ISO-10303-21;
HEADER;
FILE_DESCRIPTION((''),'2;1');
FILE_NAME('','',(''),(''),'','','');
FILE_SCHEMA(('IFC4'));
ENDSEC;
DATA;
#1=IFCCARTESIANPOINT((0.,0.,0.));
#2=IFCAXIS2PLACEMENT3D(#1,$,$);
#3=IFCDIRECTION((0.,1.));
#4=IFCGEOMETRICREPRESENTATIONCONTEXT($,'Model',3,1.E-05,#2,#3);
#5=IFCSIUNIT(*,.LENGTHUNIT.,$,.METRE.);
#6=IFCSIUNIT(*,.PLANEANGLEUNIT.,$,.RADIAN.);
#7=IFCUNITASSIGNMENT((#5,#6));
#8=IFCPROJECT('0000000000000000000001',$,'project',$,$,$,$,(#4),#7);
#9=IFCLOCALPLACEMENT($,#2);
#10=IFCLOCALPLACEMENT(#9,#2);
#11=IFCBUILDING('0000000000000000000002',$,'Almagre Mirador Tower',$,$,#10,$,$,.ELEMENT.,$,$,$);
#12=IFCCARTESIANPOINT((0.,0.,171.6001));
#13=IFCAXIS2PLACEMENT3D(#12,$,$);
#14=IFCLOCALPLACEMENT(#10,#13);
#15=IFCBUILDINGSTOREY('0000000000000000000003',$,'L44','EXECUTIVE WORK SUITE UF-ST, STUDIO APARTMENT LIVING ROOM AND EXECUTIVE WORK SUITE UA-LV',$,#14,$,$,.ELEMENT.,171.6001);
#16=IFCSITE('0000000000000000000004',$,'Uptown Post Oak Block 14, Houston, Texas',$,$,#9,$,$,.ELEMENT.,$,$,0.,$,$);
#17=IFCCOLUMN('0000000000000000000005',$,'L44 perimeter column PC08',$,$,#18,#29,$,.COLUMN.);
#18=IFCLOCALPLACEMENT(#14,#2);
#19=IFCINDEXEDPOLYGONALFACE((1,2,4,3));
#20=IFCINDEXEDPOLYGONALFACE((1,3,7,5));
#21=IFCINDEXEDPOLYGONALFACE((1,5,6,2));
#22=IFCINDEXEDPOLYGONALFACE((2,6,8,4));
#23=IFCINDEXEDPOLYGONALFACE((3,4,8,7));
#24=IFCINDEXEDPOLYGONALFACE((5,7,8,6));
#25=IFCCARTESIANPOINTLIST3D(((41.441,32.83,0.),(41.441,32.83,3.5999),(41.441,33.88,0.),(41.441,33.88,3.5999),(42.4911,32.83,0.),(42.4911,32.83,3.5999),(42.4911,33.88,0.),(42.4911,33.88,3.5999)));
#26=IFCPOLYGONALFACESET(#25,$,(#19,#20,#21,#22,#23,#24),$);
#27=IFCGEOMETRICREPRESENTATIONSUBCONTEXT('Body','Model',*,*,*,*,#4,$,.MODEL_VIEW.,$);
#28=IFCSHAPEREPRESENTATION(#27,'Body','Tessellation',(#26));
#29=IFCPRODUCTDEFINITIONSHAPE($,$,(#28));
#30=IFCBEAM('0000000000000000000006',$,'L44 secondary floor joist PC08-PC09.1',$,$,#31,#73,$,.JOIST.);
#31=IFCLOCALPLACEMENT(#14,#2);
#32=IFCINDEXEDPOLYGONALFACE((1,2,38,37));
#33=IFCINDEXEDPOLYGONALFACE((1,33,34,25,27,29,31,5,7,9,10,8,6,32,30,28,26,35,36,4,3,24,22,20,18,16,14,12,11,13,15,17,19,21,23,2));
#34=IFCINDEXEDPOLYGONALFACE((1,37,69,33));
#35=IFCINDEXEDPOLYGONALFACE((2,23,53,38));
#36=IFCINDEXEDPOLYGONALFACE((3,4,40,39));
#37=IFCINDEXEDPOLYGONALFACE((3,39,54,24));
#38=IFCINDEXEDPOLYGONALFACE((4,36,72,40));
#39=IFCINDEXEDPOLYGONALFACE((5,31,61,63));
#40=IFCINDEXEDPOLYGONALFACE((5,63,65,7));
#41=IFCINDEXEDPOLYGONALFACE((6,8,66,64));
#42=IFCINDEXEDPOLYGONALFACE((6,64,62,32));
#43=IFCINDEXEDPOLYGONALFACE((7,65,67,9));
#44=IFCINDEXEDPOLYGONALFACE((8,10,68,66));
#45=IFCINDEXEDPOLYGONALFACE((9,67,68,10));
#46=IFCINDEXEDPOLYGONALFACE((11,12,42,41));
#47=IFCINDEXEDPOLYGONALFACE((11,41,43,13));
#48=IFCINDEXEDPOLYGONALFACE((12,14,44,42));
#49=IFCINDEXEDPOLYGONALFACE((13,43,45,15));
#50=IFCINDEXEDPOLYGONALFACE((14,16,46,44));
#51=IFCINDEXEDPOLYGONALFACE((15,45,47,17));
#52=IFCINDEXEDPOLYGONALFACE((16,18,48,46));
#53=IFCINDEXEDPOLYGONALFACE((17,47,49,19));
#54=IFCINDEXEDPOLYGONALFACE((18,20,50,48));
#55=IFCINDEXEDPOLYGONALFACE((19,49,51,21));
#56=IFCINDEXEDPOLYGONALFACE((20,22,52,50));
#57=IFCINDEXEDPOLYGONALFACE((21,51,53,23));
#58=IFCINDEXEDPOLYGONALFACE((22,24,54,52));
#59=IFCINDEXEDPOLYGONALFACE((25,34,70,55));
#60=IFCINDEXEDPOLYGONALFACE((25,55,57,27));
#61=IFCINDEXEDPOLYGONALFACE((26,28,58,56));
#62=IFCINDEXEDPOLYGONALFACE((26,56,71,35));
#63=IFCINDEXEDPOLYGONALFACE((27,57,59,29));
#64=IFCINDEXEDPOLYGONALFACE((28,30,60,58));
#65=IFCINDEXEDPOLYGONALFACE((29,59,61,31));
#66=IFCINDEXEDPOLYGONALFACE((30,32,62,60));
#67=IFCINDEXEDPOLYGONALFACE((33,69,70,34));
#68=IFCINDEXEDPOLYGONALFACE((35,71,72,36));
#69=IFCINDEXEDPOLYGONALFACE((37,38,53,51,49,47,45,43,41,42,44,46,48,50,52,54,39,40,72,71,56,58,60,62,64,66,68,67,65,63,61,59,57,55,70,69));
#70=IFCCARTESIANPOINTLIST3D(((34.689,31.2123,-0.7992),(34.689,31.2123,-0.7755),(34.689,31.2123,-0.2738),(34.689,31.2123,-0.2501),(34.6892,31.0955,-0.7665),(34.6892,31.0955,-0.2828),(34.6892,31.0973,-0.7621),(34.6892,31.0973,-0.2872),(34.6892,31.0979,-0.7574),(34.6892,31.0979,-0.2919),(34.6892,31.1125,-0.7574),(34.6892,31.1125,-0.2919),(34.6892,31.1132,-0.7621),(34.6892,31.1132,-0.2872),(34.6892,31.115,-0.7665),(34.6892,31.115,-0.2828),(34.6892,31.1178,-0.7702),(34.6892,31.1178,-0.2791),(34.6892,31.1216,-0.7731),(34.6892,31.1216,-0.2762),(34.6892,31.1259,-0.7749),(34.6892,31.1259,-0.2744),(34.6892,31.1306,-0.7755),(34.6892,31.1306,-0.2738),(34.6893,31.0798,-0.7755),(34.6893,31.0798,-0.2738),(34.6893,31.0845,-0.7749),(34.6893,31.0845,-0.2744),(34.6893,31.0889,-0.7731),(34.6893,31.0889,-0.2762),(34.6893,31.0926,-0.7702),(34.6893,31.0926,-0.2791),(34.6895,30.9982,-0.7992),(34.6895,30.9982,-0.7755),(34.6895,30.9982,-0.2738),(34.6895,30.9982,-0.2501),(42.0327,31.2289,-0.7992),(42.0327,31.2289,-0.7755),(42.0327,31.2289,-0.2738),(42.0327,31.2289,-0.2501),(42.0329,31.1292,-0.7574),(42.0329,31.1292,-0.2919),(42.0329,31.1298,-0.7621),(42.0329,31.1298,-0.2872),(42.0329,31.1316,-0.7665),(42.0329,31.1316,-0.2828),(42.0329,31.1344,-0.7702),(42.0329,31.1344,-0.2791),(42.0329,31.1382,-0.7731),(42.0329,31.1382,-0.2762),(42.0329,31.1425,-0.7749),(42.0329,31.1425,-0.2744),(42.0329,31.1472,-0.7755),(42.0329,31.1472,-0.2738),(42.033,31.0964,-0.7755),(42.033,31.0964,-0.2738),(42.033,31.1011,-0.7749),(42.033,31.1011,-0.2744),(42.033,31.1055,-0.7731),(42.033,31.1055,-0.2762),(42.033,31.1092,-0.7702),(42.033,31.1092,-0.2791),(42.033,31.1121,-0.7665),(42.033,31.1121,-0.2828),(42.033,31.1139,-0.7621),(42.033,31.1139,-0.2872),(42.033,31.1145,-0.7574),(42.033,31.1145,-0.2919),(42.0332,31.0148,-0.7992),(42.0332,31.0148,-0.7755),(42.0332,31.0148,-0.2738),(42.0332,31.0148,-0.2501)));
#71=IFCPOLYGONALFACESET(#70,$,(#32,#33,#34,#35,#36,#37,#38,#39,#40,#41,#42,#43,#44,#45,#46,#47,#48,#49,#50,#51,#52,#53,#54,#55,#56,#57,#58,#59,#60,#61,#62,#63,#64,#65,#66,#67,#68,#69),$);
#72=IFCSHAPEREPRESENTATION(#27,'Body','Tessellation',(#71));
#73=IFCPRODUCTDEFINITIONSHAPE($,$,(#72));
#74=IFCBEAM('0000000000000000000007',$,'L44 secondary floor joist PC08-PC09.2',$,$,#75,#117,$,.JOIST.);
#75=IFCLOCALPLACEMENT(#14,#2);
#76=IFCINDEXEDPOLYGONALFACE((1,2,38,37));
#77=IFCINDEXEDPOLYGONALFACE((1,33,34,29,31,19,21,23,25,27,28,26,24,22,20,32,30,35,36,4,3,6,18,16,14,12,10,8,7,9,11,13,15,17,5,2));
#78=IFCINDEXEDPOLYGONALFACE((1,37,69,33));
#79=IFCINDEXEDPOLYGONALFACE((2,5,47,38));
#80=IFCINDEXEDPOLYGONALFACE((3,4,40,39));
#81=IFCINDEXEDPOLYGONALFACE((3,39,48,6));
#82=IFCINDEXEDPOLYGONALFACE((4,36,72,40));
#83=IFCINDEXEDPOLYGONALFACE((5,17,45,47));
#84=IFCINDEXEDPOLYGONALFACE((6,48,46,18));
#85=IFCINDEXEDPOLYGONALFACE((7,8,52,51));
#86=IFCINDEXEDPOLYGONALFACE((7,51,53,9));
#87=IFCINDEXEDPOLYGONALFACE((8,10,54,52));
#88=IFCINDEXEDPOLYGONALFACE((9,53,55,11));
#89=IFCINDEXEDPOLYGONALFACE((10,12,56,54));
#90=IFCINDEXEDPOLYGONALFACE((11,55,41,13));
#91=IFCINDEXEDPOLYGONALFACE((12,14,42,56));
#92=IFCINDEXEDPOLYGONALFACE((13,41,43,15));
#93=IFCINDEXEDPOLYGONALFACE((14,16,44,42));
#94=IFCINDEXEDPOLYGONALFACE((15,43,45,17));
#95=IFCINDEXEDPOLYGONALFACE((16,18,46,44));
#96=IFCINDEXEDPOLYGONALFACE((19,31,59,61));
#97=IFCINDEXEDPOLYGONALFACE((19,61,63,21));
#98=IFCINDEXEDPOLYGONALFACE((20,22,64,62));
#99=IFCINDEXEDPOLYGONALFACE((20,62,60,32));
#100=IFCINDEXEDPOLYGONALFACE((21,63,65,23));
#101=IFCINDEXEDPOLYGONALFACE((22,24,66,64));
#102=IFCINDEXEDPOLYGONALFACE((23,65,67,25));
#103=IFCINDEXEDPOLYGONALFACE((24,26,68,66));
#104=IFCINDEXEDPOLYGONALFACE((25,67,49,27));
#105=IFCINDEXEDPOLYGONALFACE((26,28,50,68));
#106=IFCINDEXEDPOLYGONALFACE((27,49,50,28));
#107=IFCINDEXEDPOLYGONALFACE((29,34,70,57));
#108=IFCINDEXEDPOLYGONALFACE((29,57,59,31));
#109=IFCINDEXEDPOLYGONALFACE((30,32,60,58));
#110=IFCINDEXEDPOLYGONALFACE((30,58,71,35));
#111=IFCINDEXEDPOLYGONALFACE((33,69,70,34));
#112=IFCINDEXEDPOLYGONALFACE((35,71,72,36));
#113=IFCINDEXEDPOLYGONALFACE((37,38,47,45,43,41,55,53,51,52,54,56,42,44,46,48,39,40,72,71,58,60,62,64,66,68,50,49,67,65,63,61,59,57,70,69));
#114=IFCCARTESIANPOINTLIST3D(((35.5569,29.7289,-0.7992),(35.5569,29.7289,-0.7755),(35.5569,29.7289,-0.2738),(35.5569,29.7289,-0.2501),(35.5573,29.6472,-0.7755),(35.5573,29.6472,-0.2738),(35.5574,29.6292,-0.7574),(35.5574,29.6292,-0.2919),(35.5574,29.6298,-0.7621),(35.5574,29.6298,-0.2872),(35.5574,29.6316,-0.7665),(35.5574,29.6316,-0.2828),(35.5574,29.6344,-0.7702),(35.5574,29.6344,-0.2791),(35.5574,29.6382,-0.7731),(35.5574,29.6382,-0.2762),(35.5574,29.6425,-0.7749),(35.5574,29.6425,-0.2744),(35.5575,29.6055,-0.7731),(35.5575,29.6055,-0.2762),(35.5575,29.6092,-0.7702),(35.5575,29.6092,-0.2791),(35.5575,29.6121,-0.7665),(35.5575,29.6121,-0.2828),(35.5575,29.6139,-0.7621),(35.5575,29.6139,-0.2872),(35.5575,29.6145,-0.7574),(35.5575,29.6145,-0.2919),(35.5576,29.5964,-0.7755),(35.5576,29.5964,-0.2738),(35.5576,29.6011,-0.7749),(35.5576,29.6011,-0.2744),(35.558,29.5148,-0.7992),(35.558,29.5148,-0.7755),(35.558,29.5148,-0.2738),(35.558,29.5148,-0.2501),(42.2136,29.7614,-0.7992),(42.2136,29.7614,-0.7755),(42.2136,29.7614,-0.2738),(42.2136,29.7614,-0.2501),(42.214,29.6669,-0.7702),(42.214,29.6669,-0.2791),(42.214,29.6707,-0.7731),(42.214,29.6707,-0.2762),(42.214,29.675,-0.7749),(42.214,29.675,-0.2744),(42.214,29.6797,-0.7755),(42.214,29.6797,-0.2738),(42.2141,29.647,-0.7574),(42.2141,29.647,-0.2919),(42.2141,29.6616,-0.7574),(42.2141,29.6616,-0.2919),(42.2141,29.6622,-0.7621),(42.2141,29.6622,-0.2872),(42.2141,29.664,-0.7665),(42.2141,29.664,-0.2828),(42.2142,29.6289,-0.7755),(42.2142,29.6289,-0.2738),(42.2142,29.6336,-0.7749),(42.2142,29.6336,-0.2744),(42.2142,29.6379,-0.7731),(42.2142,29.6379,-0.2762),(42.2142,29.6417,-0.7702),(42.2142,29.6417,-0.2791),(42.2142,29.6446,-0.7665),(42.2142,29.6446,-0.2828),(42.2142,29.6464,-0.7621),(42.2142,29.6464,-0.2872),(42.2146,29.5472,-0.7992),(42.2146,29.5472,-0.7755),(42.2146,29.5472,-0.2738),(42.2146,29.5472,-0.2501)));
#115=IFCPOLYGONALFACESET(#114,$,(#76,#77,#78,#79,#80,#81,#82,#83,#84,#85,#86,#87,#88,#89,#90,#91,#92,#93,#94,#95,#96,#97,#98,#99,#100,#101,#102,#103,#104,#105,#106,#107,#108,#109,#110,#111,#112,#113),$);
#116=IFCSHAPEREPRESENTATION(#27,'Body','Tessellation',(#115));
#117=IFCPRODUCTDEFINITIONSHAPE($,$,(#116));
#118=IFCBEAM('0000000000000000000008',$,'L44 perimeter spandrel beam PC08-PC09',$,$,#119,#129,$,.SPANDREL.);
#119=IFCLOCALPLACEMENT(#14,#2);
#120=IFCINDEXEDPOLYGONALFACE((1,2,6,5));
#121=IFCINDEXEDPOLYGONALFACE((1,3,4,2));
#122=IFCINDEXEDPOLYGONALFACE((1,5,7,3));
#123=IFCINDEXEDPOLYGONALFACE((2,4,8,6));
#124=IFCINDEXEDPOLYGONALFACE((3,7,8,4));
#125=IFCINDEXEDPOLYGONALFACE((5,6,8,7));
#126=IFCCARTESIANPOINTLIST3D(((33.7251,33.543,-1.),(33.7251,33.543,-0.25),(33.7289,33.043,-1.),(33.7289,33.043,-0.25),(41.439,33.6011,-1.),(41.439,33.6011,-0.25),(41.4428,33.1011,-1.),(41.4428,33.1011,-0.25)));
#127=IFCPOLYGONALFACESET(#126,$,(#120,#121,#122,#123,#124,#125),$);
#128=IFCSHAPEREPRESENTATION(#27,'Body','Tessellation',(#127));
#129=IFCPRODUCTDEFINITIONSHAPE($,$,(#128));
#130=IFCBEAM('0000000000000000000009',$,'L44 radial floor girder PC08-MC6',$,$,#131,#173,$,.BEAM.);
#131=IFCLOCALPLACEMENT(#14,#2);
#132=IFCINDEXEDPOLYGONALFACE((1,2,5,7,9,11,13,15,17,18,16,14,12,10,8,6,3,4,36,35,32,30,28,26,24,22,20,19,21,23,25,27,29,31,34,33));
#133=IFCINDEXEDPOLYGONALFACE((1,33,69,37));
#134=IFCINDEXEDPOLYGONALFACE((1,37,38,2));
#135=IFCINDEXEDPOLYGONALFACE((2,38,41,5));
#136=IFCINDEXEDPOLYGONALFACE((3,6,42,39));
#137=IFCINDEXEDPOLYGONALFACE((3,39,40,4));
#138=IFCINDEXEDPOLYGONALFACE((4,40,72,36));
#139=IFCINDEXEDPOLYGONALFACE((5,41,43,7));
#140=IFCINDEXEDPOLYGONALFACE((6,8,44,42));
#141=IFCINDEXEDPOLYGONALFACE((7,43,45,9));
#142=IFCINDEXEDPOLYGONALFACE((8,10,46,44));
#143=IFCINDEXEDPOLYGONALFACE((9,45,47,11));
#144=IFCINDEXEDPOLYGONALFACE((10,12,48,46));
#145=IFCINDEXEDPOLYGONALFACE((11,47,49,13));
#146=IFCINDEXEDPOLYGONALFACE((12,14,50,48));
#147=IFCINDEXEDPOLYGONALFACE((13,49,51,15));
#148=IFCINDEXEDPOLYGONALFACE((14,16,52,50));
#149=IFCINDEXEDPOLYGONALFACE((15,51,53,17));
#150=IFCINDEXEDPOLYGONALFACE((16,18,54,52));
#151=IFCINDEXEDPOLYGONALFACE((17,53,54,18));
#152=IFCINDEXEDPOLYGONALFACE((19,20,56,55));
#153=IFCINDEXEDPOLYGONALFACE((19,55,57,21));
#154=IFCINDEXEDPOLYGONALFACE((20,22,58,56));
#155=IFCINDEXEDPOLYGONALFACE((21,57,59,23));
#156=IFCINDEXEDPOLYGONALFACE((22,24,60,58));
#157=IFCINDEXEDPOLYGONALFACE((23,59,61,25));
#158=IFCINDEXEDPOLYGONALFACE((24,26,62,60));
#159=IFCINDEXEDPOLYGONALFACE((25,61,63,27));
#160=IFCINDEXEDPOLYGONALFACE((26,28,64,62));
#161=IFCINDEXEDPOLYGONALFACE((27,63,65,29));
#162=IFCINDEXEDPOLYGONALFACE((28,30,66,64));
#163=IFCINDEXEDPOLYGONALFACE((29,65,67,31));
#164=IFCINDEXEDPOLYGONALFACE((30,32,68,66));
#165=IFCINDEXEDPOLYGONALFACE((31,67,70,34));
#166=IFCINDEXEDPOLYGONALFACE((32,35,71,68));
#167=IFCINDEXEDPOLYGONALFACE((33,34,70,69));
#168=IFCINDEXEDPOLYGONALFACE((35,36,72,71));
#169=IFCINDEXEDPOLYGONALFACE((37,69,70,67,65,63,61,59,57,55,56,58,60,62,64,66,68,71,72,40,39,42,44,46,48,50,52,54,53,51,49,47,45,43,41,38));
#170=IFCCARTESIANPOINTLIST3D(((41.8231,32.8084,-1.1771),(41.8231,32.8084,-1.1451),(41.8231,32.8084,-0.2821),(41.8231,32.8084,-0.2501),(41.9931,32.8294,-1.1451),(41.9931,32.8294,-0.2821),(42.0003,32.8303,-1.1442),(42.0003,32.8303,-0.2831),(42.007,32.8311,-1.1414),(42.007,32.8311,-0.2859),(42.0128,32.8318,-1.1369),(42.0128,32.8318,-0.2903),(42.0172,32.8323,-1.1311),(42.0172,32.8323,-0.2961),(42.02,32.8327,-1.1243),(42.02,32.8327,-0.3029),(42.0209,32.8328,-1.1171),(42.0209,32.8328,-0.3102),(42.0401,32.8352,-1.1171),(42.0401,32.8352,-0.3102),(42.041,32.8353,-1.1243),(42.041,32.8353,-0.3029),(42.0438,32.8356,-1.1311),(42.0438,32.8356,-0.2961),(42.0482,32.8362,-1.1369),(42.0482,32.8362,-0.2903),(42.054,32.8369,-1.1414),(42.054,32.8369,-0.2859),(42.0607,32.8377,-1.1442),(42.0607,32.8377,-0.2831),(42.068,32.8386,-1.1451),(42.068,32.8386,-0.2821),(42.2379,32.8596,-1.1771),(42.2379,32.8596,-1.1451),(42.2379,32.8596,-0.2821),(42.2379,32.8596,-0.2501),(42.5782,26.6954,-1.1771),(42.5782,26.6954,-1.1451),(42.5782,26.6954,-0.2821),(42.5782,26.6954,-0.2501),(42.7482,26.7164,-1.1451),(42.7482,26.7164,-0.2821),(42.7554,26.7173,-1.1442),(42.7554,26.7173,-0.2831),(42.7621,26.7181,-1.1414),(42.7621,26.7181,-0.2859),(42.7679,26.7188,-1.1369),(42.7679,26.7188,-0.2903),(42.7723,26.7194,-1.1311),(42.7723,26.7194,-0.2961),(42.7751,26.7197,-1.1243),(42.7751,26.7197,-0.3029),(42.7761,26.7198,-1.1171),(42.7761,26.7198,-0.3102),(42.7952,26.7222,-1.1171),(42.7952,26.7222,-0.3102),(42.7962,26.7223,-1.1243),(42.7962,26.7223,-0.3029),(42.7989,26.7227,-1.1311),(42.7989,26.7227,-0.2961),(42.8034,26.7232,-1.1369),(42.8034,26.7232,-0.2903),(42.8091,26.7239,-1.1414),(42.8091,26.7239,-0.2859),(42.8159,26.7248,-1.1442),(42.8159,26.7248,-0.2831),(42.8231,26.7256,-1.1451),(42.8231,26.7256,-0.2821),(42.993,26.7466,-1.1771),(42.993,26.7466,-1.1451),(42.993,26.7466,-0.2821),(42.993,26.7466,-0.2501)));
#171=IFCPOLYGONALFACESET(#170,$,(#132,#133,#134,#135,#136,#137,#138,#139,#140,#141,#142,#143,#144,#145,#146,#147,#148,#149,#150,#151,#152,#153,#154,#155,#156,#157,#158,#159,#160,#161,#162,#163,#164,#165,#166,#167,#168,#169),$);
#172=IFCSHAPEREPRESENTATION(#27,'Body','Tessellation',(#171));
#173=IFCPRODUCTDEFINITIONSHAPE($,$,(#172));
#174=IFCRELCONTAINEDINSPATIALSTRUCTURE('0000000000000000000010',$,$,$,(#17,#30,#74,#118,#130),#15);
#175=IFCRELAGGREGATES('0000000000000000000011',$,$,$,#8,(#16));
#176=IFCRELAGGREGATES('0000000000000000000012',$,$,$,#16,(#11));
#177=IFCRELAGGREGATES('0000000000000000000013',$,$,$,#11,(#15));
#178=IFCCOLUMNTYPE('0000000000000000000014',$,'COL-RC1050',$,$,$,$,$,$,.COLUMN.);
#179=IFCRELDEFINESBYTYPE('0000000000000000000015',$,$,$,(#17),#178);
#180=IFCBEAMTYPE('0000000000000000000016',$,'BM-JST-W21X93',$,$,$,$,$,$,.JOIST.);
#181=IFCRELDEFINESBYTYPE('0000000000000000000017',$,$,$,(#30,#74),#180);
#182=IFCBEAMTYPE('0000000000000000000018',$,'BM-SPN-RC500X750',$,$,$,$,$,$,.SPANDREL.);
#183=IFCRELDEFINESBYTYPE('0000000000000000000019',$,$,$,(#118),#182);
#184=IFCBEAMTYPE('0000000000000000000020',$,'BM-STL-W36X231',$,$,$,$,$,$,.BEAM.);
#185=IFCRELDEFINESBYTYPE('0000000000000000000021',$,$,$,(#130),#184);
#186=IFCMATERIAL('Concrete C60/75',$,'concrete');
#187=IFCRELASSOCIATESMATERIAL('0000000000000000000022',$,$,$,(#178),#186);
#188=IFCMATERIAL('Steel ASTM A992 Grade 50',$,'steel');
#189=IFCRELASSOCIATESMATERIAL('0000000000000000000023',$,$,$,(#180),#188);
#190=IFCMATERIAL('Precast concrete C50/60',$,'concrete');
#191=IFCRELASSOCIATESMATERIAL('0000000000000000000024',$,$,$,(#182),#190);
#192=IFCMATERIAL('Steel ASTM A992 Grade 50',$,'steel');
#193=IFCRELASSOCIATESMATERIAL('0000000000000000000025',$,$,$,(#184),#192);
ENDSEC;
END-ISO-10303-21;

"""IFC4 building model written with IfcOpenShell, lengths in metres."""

from ifc_helpers import new_model, si_unit, direction, frame, origin, origin_2d, place, context, subcontext, project, spatial, rectangle, i_section, extrude, material, material_profile, profile_set, type_object, element, save


model = new_model("IFC4")

# Units and contexts
model_context = context("Model", 3, precision=1e-05, world=origin(), true_north=direction((0.0, 1.0)))
body_context = subcontext(model_context, "Body", "Model", "MODEL_VIEW")
ifc_project = project(units=[si_unit("LENGTHUNIT", "METRE"), si_unit("PLANEANGLEUNIT", "RADIAN")], contexts=[model_context])

# Site, building, storey
site_placement = place(None, origin())
site = spatial("IfcSite", under=ifc_project, at=site_placement, Name="Uptown Post Oak Block 14, Houston, Texas", CompositionType="ELEMENT", RefElevation=0.0)
building_placement = place(site_placement, origin())
building = spatial("IfcBuilding", under=site, at=building_placement, Name="Almagre Mirador Tower", CompositionType="ELEMENT")
storey_placement = place(building_placement, frame((0.0, 0.0, 171.6001)))
storey = spatial("IfcBuildingStorey", under=building, at=storey_placement, Name="L44", Description="EXECUTIVE WORK SUITE UF-ST, STUDIO APARTMENT LIVING ROOM AND EXECUTIVE WORK SUITE UA-LV", CompositionType="ELEMENT", Elevation=171.6001)

# Column
ifc_material_1 = material(Name="Concrete C60/75", Category="concrete")
ifc_material_profile_1 = material_profile(ifc_material_1, rectangle(XDim=1.05, YDim=1.05, at=origin_2d()), Name="RC1050X1050")
ifc_profile_set_1 = profile_set([ifc_material_profile_1], Name="Concrete C60/75")
column_type = type_object("IfcColumnType", Name="COL-RC1050", PredefinedType="COLUMN", material=ifc_profile_set_1)
column_placement = place(storey_placement, frame((41.9661, 33.355, 0.0), z_axis=(0.0, 0.0, 1.0), x_axis=(1.0, 0.0, 0.0)))
element("IfcColumn", 1, at=column_placement, inside=storey, type_object=column_type, Name="L44 perimeter column PC08", PredefinedType="COLUMN", context=body_context, shape_type="SweptSolid", body=[
    extrude(rectangle(XDim=1.05, YDim=1.05, at=origin_2d()), origin(), (0.0, 0.0, 1.0), 3.5999),
])

# Beams
ifc_material_2 = material(Name="Steel ASTM A992 Grade 50", Category="steel")
ifc_material_profile_2 = material_profile(ifc_material_2, i_section(OverallWidth=0.2141, OverallDepth=0.5491, WebThickness=0.0146, FlangeThickness=0.0237, FilletRadius=0.0181, at=origin_2d()), Name="W21X93")
ifc_profile_set_2 = profile_set([ifc_material_profile_2], Name="Steel ASTM A992 Grade 50")
beam_type_1 = type_object("IfcBeamType", Name="BM-JST-W21X93", PredefinedType="JOIST", material=ifc_profile_set_2)
beam_1_placement = place(storey_placement, frame((42.033, 31.1218, -0.5247), z_axis=(-0.999997, -0.002261, 0.0), x_axis=(0.002261, -0.999997, 0.0)))
element("IfcBeam", 2, at=beam_1_placement, inside=storey, type_object=beam_type_1, Name="L44 secondary floor joist PC08-PC09.1", PredefinedType="JOIST", context=body_context, shape_type="SweptSolid", body=[
    extrude(i_section(OverallWidth=0.2141, OverallDepth=0.5491, WebThickness=0.0146, FlangeThickness=0.0237, FilletRadius=0.0181, at=origin_2d()), origin(), (0.0, 0.0, 1.0), 7.3438),
])
beam_2_placement = place(storey_placement, frame((42.2141, 29.6543, -0.5247), z_axis=(-0.999988, -0.004878, 0.0), x_axis=(0.004878, -0.999988, 0.0)))
element("IfcBeam", 3, at=beam_2_placement, inside=storey, type_object=beam_type_1, Name="L44 secondary floor joist PC08-PC09.2", PredefinedType="JOIST", context=body_context, shape_type="SweptSolid", body=[
    extrude(i_section(OverallWidth=0.2141, OverallDepth=0.5491, WebThickness=0.0146, FlangeThickness=0.0237, FilletRadius=0.0181, at=origin_2d()), origin(), (0.0, 0.0, 1.0), 6.6567),
])
ifc_material_3 = material(Name="Precast concrete C50/60", Category="concrete")
ifc_material_profile_3 = material_profile(ifc_material_3, rectangle(XDim=0.5, YDim=0.75, at=origin_2d()), Name="RC500X750")
ifc_profile_set_3 = profile_set([ifc_material_profile_3], Name="Precast concrete C50/60")
beam_type_2 = type_object("IfcBeamType", Name="BM-SPN-RC500X750", PredefinedType="SPANDREL", material=ifc_profile_set_3)
beam_3_placement = place(storey_placement, frame((41.4409, 33.3511, -0.625), z_axis=(-0.999972, -0.007532, 0.0), x_axis=(0.007532, -0.999972, 0.0)))
element("IfcBeam", 4, at=beam_3_placement, inside=storey, type_object=beam_type_2, Name="L44 perimeter spandrel beam PC08-PC09", PredefinedType="SPANDREL", context=body_context, shape_type="SweptSolid", body=[
    extrude(rectangle(XDim=0.5, YDim=0.75, at=origin_2d()), origin(), (0.0, 0.0, 1.0), 7.7141),
])
ifc_material_4 = material(Name="Steel ASTM A992 Grade 50", Category="steel")
ifc_material_profile_4 = material_profile(ifc_material_4, i_section(OverallWidth=0.418, OverallDepth=0.927, WebThickness=0.0193, FlangeThickness=0.032, FilletRadius=0.0281, at=origin_2d()), Name="W36X231")
ifc_profile_set_4 = profile_set([ifc_material_profile_4], Name="Steel ASTM A992 Grade 50")
beam_type_3 = type_object("IfcBeamType", Name="BM-STL-W36X231", PredefinedType="BEAM", material=ifc_profile_set_4)
beam_4_placement = place(storey_placement, frame((42.0305, 32.834, -0.7136), z_axis=(0.122595, -0.992457, 0.0), x_axis=(0.992457, 0.122595, 0.0)))
element("IfcBeam", 5, at=beam_4_placement, inside=storey, type_object=beam_type_3, Name="L44 radial floor girder PC08-MC6", PredefinedType="BEAM", context=body_context, shape_type="SweptSolid", body=[
    extrude(i_section(OverallWidth=0.418, OverallDepth=0.927, WebThickness=0.0193, FlangeThickness=0.032, FilletRadius=0.0281, at=origin_2d()), origin(), (0.0, 0.0, 1.0), 6.1594),
])

save(model, "model.ifc")
